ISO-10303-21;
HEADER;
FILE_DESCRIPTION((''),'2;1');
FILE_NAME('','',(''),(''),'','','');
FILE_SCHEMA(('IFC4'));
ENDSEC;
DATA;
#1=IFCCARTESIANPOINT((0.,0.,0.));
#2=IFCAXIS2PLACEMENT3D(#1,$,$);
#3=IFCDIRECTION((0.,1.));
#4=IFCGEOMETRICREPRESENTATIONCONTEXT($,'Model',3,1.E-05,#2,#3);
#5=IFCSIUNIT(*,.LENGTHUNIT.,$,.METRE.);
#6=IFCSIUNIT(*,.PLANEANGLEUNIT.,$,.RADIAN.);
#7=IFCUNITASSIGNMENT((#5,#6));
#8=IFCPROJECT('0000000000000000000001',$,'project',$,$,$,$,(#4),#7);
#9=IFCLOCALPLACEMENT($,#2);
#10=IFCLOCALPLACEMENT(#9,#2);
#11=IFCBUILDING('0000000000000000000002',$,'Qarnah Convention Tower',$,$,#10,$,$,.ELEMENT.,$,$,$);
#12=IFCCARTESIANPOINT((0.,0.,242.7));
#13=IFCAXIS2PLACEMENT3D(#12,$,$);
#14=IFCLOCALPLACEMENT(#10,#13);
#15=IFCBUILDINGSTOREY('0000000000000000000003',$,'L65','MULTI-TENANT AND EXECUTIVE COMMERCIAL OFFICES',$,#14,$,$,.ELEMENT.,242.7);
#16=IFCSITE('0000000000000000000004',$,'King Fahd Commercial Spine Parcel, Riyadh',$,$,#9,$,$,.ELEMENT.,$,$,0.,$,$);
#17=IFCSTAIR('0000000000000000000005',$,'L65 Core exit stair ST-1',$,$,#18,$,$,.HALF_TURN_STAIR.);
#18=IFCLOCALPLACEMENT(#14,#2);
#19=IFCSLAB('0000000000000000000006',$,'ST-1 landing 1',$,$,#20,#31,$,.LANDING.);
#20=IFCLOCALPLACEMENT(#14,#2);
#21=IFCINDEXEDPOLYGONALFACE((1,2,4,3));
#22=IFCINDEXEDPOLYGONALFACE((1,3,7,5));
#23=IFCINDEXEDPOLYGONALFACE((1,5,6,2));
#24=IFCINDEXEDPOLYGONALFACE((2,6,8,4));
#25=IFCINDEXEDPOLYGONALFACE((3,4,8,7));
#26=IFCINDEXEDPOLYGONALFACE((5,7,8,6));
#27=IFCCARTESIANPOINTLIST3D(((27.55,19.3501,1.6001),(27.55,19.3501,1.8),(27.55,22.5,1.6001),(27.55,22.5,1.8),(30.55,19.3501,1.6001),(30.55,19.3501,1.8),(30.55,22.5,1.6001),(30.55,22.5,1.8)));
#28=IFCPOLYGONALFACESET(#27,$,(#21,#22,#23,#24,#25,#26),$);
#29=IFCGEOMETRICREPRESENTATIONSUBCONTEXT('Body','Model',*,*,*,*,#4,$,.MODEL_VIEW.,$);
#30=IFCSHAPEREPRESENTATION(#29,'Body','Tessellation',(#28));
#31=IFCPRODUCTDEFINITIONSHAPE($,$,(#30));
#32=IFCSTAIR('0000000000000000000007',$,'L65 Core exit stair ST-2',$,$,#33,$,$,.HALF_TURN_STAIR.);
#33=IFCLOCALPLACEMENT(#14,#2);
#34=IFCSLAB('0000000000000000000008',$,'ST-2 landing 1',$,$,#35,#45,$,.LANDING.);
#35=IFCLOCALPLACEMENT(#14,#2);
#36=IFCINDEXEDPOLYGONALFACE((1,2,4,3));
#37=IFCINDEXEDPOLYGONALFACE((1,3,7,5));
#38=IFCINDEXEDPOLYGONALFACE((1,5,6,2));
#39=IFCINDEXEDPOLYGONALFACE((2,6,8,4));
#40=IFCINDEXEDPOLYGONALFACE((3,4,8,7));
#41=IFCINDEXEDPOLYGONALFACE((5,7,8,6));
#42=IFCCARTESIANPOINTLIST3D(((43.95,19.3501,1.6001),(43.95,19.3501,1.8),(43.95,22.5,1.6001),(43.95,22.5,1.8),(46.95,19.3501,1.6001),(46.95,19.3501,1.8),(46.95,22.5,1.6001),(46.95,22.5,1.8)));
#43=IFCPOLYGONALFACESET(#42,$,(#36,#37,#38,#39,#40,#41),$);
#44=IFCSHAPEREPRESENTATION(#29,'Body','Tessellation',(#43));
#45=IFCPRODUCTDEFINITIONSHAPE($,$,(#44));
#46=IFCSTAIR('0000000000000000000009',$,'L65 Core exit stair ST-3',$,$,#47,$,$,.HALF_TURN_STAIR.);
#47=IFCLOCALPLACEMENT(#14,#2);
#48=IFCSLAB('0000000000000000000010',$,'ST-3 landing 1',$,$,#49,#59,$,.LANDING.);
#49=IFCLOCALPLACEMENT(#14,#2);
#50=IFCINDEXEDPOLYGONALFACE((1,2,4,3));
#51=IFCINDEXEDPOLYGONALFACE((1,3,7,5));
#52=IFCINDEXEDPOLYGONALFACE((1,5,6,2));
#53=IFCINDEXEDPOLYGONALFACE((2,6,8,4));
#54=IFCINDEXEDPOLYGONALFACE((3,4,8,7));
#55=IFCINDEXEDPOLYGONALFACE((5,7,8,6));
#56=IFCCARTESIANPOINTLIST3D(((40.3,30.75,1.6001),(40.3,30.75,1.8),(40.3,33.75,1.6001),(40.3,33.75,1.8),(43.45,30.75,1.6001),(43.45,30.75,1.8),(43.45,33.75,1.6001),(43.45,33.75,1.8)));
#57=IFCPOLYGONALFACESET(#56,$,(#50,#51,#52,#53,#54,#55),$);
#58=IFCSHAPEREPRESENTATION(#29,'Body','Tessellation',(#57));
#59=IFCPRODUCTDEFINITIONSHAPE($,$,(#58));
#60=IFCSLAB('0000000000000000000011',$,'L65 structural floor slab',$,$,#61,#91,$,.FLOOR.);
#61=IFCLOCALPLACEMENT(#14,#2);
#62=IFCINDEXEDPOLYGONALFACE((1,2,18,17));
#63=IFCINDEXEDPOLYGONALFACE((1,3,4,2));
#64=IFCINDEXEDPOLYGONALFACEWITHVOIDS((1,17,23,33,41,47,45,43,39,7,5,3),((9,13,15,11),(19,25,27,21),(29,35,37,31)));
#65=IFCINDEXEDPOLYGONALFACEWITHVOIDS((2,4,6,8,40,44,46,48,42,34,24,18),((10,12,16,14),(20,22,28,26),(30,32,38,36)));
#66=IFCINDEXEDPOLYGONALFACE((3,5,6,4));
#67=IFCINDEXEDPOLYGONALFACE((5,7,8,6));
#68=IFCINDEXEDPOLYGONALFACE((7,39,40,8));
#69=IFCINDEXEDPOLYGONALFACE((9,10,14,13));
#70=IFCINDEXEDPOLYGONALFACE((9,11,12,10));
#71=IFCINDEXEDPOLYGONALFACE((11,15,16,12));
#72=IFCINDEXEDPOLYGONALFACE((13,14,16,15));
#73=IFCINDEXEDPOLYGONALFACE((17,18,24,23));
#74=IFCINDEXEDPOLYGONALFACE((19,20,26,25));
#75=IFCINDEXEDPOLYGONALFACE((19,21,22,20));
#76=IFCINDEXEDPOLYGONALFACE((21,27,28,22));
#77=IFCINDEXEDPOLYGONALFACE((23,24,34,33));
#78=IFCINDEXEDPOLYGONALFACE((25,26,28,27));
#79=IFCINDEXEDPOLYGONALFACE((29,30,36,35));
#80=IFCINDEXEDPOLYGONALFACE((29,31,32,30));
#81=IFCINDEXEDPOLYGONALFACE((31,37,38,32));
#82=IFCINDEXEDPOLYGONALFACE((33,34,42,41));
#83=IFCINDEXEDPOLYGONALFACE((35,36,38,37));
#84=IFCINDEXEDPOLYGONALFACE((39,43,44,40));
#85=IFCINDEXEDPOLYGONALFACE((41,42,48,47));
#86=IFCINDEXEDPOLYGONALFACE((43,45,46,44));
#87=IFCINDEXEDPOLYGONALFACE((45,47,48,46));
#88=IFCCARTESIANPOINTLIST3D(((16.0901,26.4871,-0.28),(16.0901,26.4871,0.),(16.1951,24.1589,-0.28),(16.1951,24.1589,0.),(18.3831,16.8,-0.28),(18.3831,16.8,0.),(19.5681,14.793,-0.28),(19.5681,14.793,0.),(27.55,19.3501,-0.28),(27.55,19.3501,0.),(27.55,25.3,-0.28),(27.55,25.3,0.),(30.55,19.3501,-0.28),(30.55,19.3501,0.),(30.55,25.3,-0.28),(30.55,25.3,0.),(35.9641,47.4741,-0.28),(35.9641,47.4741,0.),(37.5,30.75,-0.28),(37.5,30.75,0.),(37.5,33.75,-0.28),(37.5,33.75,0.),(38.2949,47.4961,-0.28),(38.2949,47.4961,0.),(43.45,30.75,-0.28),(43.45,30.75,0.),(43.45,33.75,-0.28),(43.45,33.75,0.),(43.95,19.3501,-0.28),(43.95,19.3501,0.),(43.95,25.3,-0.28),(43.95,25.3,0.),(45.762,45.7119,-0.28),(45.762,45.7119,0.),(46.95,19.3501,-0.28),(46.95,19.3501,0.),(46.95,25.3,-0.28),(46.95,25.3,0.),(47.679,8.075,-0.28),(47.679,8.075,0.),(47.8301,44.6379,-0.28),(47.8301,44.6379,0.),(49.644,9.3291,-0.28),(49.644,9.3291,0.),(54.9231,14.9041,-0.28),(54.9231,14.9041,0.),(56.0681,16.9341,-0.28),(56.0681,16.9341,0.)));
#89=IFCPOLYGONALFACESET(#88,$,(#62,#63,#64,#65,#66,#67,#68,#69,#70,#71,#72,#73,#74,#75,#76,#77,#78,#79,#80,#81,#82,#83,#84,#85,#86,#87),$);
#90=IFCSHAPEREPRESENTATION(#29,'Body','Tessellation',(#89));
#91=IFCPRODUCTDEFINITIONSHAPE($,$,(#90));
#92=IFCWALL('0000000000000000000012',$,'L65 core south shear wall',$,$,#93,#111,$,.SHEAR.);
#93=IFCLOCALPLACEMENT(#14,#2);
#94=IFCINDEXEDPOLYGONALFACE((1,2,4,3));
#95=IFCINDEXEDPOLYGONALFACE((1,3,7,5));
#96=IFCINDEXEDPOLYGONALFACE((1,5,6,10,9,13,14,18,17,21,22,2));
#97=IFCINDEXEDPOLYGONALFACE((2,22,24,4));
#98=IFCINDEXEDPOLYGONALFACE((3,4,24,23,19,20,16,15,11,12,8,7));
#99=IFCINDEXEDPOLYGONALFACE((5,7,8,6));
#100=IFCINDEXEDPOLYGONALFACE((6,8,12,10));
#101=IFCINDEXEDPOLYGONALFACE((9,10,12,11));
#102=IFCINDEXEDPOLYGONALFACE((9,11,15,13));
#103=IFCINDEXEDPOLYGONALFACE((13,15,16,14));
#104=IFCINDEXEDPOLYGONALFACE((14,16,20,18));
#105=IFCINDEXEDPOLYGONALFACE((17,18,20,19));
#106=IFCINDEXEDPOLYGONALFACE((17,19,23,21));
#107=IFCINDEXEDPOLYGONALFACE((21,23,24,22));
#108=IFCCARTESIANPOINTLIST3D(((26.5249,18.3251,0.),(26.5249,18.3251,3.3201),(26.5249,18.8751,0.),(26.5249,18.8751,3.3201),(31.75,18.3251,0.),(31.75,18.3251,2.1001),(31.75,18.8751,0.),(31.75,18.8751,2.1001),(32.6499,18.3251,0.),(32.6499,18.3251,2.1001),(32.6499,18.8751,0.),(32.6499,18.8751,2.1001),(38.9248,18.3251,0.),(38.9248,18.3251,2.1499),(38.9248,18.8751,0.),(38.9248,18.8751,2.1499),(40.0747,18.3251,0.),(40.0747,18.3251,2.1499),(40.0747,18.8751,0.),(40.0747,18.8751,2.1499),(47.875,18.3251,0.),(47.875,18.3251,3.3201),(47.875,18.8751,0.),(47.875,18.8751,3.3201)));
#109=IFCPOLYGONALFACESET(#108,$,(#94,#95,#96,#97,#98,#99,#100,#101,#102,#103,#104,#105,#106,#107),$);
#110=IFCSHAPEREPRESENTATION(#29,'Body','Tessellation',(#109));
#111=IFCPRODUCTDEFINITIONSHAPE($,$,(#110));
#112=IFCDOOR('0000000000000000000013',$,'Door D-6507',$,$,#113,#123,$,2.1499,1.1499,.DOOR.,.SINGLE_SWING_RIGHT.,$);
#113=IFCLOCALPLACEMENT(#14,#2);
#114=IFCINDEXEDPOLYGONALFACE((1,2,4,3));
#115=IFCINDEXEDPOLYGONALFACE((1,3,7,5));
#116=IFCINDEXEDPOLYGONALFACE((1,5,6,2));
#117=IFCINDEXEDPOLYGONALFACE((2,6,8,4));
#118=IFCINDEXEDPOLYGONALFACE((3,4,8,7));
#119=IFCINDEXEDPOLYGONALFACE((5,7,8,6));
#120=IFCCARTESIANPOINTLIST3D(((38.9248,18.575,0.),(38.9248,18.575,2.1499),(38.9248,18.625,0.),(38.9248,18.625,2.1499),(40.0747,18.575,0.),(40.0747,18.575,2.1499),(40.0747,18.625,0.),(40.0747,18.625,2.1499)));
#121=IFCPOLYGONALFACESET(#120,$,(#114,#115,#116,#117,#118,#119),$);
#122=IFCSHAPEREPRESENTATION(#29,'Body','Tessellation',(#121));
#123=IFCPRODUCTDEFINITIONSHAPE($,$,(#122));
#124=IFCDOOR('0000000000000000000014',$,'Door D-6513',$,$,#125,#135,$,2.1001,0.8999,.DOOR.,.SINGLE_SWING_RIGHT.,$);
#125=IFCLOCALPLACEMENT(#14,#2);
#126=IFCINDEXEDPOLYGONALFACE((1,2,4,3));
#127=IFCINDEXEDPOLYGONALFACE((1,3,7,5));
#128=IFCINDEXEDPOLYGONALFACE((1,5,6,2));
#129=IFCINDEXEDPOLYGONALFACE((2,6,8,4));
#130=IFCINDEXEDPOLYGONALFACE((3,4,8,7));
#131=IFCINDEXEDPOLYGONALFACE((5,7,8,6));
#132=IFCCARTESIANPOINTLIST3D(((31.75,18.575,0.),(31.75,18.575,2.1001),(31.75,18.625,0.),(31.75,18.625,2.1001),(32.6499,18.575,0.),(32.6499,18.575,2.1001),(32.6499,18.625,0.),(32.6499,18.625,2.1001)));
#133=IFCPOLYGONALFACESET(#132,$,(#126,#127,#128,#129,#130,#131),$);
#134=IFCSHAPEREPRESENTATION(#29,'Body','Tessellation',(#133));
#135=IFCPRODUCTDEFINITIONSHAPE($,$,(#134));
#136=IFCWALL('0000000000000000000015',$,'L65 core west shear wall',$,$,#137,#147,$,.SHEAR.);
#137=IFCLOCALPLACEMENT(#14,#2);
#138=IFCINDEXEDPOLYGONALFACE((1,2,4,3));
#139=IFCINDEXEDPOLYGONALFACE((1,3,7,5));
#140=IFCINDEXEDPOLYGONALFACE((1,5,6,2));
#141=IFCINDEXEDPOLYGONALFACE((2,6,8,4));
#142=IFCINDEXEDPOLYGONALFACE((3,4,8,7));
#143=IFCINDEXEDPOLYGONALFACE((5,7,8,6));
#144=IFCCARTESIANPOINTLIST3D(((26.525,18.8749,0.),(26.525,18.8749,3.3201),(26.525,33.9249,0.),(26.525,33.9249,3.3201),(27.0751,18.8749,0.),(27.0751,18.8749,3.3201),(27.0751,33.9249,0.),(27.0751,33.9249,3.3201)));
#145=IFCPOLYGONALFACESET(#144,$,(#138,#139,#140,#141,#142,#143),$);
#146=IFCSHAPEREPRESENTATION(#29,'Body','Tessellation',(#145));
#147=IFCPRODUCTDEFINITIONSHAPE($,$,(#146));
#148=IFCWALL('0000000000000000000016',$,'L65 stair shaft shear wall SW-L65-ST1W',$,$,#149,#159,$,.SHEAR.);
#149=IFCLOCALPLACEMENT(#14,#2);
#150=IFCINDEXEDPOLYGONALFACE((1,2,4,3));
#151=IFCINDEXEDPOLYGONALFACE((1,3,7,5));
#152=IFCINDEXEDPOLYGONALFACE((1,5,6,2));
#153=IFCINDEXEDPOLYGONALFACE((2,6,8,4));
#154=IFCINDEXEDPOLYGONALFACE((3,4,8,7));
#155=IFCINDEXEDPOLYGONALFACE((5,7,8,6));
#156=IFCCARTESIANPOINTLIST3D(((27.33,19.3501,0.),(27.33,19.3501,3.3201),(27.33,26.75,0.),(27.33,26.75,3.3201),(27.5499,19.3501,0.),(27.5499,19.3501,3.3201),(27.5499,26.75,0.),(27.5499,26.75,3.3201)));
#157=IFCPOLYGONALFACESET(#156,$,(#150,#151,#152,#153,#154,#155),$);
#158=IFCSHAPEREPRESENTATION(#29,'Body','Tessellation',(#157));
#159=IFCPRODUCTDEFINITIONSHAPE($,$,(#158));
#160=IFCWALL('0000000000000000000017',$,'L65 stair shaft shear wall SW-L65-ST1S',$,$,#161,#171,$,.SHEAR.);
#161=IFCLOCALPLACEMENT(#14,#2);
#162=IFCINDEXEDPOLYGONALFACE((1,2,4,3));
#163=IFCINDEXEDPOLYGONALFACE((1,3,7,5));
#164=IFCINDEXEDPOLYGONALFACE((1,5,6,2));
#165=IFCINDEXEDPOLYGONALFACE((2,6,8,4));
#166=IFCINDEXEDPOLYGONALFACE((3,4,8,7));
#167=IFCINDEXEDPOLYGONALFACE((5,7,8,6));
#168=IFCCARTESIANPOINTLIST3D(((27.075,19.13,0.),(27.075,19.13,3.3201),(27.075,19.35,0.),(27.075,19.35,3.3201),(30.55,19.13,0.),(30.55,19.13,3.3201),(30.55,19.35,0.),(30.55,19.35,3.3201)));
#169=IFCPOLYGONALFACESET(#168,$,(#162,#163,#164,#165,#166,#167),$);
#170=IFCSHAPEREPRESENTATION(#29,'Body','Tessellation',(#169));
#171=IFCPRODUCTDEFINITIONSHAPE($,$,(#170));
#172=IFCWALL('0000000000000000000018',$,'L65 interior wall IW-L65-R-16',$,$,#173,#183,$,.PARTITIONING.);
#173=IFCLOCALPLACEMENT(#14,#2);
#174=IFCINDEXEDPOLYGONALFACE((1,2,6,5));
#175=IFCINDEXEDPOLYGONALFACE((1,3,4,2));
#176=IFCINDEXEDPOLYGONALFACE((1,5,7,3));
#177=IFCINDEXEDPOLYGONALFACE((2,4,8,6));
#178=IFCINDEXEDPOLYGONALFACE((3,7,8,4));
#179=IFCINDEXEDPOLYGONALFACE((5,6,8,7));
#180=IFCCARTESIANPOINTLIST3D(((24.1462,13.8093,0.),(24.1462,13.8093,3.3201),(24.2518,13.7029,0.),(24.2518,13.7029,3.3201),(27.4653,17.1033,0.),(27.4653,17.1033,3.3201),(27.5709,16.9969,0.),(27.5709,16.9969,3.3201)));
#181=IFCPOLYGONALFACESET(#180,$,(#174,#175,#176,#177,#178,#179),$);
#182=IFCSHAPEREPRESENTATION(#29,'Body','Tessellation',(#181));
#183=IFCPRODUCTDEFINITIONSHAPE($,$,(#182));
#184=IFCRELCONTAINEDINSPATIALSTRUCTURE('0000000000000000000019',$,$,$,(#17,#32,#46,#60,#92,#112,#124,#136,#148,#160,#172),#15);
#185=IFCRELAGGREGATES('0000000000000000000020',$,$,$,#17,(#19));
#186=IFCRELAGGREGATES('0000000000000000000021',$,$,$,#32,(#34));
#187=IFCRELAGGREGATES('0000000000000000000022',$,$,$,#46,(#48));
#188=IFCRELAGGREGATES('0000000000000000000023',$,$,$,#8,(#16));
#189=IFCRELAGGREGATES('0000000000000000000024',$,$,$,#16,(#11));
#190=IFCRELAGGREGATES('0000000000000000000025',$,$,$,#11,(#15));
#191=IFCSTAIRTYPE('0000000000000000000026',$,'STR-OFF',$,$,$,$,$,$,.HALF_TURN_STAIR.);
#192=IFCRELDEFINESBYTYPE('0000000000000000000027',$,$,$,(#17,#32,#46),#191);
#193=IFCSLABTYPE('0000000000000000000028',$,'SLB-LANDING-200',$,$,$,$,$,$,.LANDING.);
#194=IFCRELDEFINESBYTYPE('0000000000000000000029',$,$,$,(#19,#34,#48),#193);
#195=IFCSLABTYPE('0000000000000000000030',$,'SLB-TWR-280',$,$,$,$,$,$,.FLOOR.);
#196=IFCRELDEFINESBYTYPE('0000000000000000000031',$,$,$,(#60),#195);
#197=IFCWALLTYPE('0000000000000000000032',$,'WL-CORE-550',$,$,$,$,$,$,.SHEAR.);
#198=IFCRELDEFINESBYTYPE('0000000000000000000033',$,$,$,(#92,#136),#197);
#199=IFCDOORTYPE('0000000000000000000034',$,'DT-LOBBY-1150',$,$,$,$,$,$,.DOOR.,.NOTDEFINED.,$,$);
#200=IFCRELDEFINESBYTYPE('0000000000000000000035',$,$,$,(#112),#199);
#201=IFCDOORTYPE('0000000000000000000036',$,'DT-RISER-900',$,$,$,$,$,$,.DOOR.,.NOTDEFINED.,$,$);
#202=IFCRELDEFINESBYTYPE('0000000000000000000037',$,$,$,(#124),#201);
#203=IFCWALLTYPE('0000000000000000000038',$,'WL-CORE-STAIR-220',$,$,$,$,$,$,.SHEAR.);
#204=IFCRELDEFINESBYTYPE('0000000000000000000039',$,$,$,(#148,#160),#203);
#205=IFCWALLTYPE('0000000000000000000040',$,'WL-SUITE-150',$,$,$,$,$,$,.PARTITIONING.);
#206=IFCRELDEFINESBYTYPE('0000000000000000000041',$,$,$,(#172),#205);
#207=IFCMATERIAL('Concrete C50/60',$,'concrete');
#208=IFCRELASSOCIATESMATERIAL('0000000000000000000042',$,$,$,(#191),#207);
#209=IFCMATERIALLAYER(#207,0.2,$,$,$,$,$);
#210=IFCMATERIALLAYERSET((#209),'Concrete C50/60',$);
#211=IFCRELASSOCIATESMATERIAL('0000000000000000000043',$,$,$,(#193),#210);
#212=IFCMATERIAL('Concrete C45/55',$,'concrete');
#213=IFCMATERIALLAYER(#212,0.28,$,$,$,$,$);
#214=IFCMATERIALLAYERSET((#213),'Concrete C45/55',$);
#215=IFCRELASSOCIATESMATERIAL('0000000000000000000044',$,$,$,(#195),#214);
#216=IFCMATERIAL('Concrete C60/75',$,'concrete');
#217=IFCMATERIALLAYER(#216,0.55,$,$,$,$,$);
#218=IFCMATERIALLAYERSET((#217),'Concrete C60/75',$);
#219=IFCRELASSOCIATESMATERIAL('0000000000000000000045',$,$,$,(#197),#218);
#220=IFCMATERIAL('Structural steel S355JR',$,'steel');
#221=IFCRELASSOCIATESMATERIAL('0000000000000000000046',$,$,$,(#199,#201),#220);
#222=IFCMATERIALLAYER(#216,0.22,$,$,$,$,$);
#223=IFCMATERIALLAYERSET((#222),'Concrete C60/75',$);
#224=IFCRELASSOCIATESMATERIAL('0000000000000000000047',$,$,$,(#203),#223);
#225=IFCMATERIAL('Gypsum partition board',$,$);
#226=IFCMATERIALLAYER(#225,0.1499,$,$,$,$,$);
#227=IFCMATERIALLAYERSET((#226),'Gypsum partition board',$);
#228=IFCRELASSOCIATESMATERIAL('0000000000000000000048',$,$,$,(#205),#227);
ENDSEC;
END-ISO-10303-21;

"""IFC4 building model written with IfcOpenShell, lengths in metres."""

from ifc_helpers import new_model, si_unit, direction, frame, frame_2d, origin, place, context, subcontext, project, spatial, polyline, rectangle, outline, extrude, material, layer, layer_set, type_object, element, fill, aggregate, save


model = new_model("IFC4")

# Units and contexts
model_context = context("Model", 3, precision=1e-05, world=origin(), true_north=direction((0.0, 1.0)))
body_context = subcontext(model_context, "Body", "Model", "MODEL_VIEW")
ifc_project = project(units=[si_unit("LENGTHUNIT", "METRE"), si_unit("PLANEANGLEUNIT", "RADIAN")], contexts=[model_context])

# Site, building, storey
site_placement = place(None, origin())
site = spatial("IfcSite", under=ifc_project, at=site_placement, Name="King Fahd Commercial Spine Parcel, Riyadh", CompositionType="ELEMENT", RefElevation=0.0)
building_placement = place(site_placement, origin())
building = spatial("IfcBuilding", under=site, at=building_placement, Name="Qarnah Convention Tower", CompositionType="ELEMENT")
storey_placement = place(building_placement, frame((0.0, 0.0, 242.7)))
storey = spatial("IfcBuildingStorey", under=building, at=storey_placement, Name="L65", Description="MULTI-TENANT AND EXECUTIVE COMMERCIAL OFFICES", CompositionType="ELEMENT", Elevation=242.7)

# Shared definitions
ifc_material_1 = material(Name="Concrete C50/60", Category="concrete")

# Shared definitions
ifc_material_2 = material(Name="Structural steel S355JR", Category="steel")

# Shared definitions
ifc_material_3 = material(Name="Concrete C45/55", Category="concrete")

# Stairs, slabs
stair_type = type_object("IfcStairType", Name="STR-OFF", PredefinedType="HALF_TURN_STAIR", material=ifc_material_1)
stair_1_placement = place(storey_placement, origin())
stair_1 = element("IfcStair", 1, at=stair_1_placement, inside=storey, type_object=stair_type, Name="L65 Core exit stair ST-1", PredefinedType="HALF_TURN_STAIR")
ifc_layer_1 = layer(ifc_material_1, 0.2)
ifc_layer_set_1 = layer_set([ifc_layer_1], Name="Concrete C50/60")
slab_type_1 = type_object("IfcSlabType", Name="SLB-LANDING-200", PredefinedType="LANDING", material=ifc_layer_set_1)
slab_1_placement = place(storey_placement, frame((0.0, 0.0, 1.6001)))
slab_1 = element("IfcSlab", 2, at=slab_1_placement, type_object=slab_type_1, Name="ST-1 landing 1", PredefinedType="LANDING", context=body_context, shape_type="SweptSolid", body=[
    extrude(outline(polyline([(27.55, 22.5), (27.55, 19.3501), (30.55, 19.3501), (30.55, 22.5), (27.55, 22.5)])), origin(), (0.0, 0.0, 1.0), 0.2),
])
aggregate(stair_1, [slab_1])
stair_2_placement = place(storey_placement, origin())
stair_2 = element("IfcStair", 3, at=stair_2_placement, inside=storey, type_object=stair_type, Name="L65 Core exit stair ST-2", PredefinedType="HALF_TURN_STAIR")
slab_2_placement = place(storey_placement, frame((0.0, 0.0, 1.6001)))
slab_2 = element("IfcSlab", 4, at=slab_2_placement, type_object=slab_type_1, Name="ST-2 landing 1", PredefinedType="LANDING", context=body_context, shape_type="SweptSolid", body=[
    extrude(outline(polyline([(43.95, 22.5), (43.95, 19.3501), (46.95, 19.3501), (46.95, 22.5), (43.95, 22.5)])), origin(), (0.0, 0.0, 1.0), 0.2),
])
aggregate(stair_2, [slab_2])
stair_3_placement = place(storey_placement, origin())
stair_3 = element("IfcStair", 5, at=stair_3_placement, inside=storey, type_object=stair_type, Name="L65 Core exit stair ST-3", PredefinedType="HALF_TURN_STAIR")
slab_3_placement = place(storey_placement, frame((0.0, 0.0, 1.6001)))
slab_3 = element("IfcSlab", 6, at=slab_3_placement, type_object=slab_type_1, Name="ST-3 landing 1", PredefinedType="LANDING", context=body_context, shape_type="SweptSolid", body=[
    extrude(outline(polyline([(40.3, 30.75), (43.45, 30.75), (43.45, 33.75), (40.3, 33.75), (40.3, 30.75)])), origin(), (0.0, 0.0, 1.0), 0.2),
])
aggregate(stair_3, [slab_3])

# Slab
ifc_layer_2 = layer(ifc_material_3, 0.28)
ifc_layer_set_2 = layer_set([ifc_layer_2], Name="Concrete C45/55")
slab_type_2 = type_object("IfcSlabType", Name="SLB-TWR-280", PredefinedType="FLOOR", material=ifc_layer_set_2)
slab_4_placement = place(storey_placement, frame((0.0, 0.0, -0.28)))
element("IfcSlab", 7, at=slab_4_placement, inside=storey, type_object=slab_type_2, Name="L65 structural floor slab", PredefinedType="FLOOR", context=body_context, shape_type="SweptSolid", body=[
    extrude(outline(polyline([(35.9641, 47.4741), (16.0901, 26.4871), (16.1951, 24.1589), (18.3831, 16.8), (19.5681, 14.793), (47.679, 8.075), (49.644, 9.3291), (54.9231, 14.9041), (56.0681, 16.9341), (47.8301, 44.6379), (45.762, 45.7119), (38.2949, 47.4961), (35.9641, 47.4741)]), holes=[polyline([(27.55, 25.3), (27.55, 19.3501), (30.55, 19.3501), (30.55, 25.3), (27.55, 25.3)]), polyline([(43.95, 25.3), (43.95, 19.3501), (46.95, 19.3501), (46.95, 25.3), (43.95, 25.3)]), polyline([(37.5, 30.75), (43.45, 30.75), (43.45, 33.75), (37.5, 33.75), (37.5, 30.75)])]), origin(), (0.0, 0.0, 1.0), 0.28),
])

# Wall, openings, doors
ifc_material_4 = material(Name="Concrete C60/75", Category="concrete")
ifc_layer_3 = layer(ifc_material_4, 0.55)
ifc_layer_set_3 = layer_set([ifc_layer_3], Name="Concrete C60/75")
wall_type_1 = type_object("IfcWallType", Name="WL-CORE-550", PredefinedType="SHEAR", material=ifc_layer_set_3)
wall_1_placement = place(storey_placement, frame((26.5249, 18.6001, 0.0), z_axis=(0.0, 0.0, 1.0), x_axis=(1.0, 0.0, 0.0)))
wall_1 = element("IfcWall", 8, at=wall_1_placement, inside=storey, type_object=wall_type_1, Name="L65 core south shear wall", PredefinedType="SHEAR", context=body_context, shape_type="SweptSolid", body=[
    extrude(rectangle(XDim=21.3501, YDim=0.55, at=frame_2d((10.675, 0.0))), origin(), (0.0, 0.0, 1.0), 3.3201),
])
opening_1_placement = place(wall_1_placement, frame((12.3999, 0.0, 0.0)))
opening_1 = element("IfcOpeningElement", 9, at=opening_1_placement, cuts=wall_1, PredefinedType="OPENING", context=body_context, shape_type="SweptSolid", body=[
    extrude(rectangle(XDim=1.1499, YDim=2.1499, at=frame_2d((0.575, 1.075))), frame((0.0, 0.2849, 0.0), z_axis=(0.0, -1.0, 0.0), x_axis=(1.0, 0.0, 0.0)), (0.0, 0.0, 1.0), 0.5701),
])
opening_2_placement = place(wall_1_placement, frame((5.2251, 0.0, 0.0)))
opening_2 = element("IfcOpeningElement", 10, at=opening_2_placement, cuts=wall_1, PredefinedType="OPENING", context=body_context, shape_type="SweptSolid", body=[
    extrude(rectangle(XDim=0.8999, YDim=2.1001, at=frame_2d((0.45, 1.05))), frame((0.0, 0.2849, 0.0), z_axis=(0.0, -1.0, 0.0), x_axis=(1.0, 0.0, 0.0)), (0.0, 0.0, 1.0), 0.5701),
])
door_type_1 = type_object("IfcDoorType", Name="DT-LOBBY-1150", OperationType="NOTDEFINED", PredefinedType="DOOR", material=ifc_material_2)
door_1_placement = place(opening_1_placement, origin())
door_1 = element("IfcDoor", 11, at=door_1_placement, inside=storey, type_object=door_type_1, Name="Door D-6507", OperationType="SINGLE_SWING_RIGHT", OverallHeight=2.1499, OverallWidth=1.1499, PredefinedType="DOOR", context=body_context, shape_type="SweptSolid", body=[
    extrude(rectangle(XDim=1.1499, YDim=2.1499, at=frame_2d((0.575, 1.075))), frame((0.0, 0.0249, 0.0), z_axis=(0.0, -1.0, 0.0), x_axis=(1.0, 0.0, 0.0)), (0.0, 0.0, 1.0), 0.05),
])
fill(opening_1, door_1)
door_type_2 = type_object("IfcDoorType", Name="DT-RISER-900", OperationType="NOTDEFINED", PredefinedType="DOOR", material=ifc_material_2)
door_2_placement = place(opening_2_placement, origin())
door_2 = element("IfcDoor", 12, at=door_2_placement, inside=storey, type_object=door_type_2, Name="Door D-6513", OperationType="SINGLE_SWING_RIGHT", OverallHeight=2.1001, OverallWidth=0.8999, PredefinedType="DOOR", context=body_context, shape_type="SweptSolid", body=[
    extrude(rectangle(XDim=0.8999, YDim=2.1001, at=frame_2d((0.45, 1.05))), frame((0.0, 0.0249, 0.0), z_axis=(0.0, -1.0, 0.0), x_axis=(1.0, 0.0, 0.0)), (0.0, 0.0, 1.0), 0.05),
])
fill(opening_2, door_2)

# Walls
wall_2_placement = place(storey_placement, frame((26.8, 18.875, 0.0), z_axis=(0.0, 0.0, 1.0), x_axis=(0.0, 1.0, 0.0)))
element("IfcWall", 13, at=wall_2_placement, inside=storey, type_object=wall_type_1, Name="L65 core west shear wall", PredefinedType="SHEAR", context=body_context, shape_type="SweptSolid", body=[
    extrude(rectangle(XDim=15.05, YDim=0.55, at=frame_2d((7.5249, 0.0))), origin(), (0.0, 0.0, 1.0), 3.3201),
])
ifc_layer_4 = layer(ifc_material_4, 0.22)
ifc_layer_set_4 = layer_set([ifc_layer_4], Name="Concrete C60/75")
wall_type_2 = type_object("IfcWallType", Name="WL-CORE-STAIR-220", PredefinedType="SHEAR", material=ifc_layer_set_4)
wall_3_placement = place(storey_placement, frame((27.4399, 19.3501, 0.0), z_axis=(0.0, 0.0, 1.0), x_axis=(0.0, 1.0, 0.0)))
element("IfcWall", 14, at=wall_3_placement, inside=storey, type_object=wall_type_2, Name="L65 stair shaft shear wall SW-L65-ST1W", PredefinedType="SHEAR", context=body_context, shape_type="SweptSolid", body=[
    extrude(rectangle(XDim=7.3999, YDim=0.22, at=frame_2d((3.7, 0.0))), origin(), (0.0, 0.0, 1.0), 3.3201),
])
wall_4_placement = place(storey_placement, frame((27.075, 19.24, 0.0), z_axis=(0.0, 0.0, 1.0), x_axis=(1.0, 0.0, 0.0)))
element("IfcWall", 15, at=wall_4_placement, inside=storey, type_object=wall_type_2, Name="L65 stair shaft shear wall SW-L65-ST1S", PredefinedType="SHEAR", context=body_context, shape_type="SweptSolid", body=[
    extrude(rectangle(XDim=3.4751, YDim=0.22, at=frame_2d((1.7375, 0.0))), origin(), (0.0, 0.0, 1.0), 3.3201),
])

# Wall
ifc_material_5 = material(Name="Gypsum partition board")
ifc_layer_5 = layer(ifc_material_5, 0.1499)
ifc_layer_set_5 = layer_set([ifc_layer_5], Name="Gypsum partition board")
wall_type_3 = type_object("IfcWallType", Name="WL-SUITE-150", PredefinedType="PARTITIONING", material=ifc_layer_set_5)
wall_5_placement = place(storey_placement, frame((24.199, 13.7561, 0.0), z_axis=(0.0, 0.0, 1.0), x_axis=(0.70979, 0.704413, 0.0)))
element("IfcWall", 16, at=wall_5_placement, inside=storey, type_object=wall_type_3, Name="L65 interior wall IW-L65-R-16", PredefinedType="PARTITIONING", context=body_context, shape_type="SweptSolid", body=[
    extrude(rectangle(XDim=4.6763, YDim=0.1499, at=frame_2d((2.3381, 0.0))), origin(), (0.0, 0.0, 1.0), 3.3201),
])

save(model, "model.ifc")
